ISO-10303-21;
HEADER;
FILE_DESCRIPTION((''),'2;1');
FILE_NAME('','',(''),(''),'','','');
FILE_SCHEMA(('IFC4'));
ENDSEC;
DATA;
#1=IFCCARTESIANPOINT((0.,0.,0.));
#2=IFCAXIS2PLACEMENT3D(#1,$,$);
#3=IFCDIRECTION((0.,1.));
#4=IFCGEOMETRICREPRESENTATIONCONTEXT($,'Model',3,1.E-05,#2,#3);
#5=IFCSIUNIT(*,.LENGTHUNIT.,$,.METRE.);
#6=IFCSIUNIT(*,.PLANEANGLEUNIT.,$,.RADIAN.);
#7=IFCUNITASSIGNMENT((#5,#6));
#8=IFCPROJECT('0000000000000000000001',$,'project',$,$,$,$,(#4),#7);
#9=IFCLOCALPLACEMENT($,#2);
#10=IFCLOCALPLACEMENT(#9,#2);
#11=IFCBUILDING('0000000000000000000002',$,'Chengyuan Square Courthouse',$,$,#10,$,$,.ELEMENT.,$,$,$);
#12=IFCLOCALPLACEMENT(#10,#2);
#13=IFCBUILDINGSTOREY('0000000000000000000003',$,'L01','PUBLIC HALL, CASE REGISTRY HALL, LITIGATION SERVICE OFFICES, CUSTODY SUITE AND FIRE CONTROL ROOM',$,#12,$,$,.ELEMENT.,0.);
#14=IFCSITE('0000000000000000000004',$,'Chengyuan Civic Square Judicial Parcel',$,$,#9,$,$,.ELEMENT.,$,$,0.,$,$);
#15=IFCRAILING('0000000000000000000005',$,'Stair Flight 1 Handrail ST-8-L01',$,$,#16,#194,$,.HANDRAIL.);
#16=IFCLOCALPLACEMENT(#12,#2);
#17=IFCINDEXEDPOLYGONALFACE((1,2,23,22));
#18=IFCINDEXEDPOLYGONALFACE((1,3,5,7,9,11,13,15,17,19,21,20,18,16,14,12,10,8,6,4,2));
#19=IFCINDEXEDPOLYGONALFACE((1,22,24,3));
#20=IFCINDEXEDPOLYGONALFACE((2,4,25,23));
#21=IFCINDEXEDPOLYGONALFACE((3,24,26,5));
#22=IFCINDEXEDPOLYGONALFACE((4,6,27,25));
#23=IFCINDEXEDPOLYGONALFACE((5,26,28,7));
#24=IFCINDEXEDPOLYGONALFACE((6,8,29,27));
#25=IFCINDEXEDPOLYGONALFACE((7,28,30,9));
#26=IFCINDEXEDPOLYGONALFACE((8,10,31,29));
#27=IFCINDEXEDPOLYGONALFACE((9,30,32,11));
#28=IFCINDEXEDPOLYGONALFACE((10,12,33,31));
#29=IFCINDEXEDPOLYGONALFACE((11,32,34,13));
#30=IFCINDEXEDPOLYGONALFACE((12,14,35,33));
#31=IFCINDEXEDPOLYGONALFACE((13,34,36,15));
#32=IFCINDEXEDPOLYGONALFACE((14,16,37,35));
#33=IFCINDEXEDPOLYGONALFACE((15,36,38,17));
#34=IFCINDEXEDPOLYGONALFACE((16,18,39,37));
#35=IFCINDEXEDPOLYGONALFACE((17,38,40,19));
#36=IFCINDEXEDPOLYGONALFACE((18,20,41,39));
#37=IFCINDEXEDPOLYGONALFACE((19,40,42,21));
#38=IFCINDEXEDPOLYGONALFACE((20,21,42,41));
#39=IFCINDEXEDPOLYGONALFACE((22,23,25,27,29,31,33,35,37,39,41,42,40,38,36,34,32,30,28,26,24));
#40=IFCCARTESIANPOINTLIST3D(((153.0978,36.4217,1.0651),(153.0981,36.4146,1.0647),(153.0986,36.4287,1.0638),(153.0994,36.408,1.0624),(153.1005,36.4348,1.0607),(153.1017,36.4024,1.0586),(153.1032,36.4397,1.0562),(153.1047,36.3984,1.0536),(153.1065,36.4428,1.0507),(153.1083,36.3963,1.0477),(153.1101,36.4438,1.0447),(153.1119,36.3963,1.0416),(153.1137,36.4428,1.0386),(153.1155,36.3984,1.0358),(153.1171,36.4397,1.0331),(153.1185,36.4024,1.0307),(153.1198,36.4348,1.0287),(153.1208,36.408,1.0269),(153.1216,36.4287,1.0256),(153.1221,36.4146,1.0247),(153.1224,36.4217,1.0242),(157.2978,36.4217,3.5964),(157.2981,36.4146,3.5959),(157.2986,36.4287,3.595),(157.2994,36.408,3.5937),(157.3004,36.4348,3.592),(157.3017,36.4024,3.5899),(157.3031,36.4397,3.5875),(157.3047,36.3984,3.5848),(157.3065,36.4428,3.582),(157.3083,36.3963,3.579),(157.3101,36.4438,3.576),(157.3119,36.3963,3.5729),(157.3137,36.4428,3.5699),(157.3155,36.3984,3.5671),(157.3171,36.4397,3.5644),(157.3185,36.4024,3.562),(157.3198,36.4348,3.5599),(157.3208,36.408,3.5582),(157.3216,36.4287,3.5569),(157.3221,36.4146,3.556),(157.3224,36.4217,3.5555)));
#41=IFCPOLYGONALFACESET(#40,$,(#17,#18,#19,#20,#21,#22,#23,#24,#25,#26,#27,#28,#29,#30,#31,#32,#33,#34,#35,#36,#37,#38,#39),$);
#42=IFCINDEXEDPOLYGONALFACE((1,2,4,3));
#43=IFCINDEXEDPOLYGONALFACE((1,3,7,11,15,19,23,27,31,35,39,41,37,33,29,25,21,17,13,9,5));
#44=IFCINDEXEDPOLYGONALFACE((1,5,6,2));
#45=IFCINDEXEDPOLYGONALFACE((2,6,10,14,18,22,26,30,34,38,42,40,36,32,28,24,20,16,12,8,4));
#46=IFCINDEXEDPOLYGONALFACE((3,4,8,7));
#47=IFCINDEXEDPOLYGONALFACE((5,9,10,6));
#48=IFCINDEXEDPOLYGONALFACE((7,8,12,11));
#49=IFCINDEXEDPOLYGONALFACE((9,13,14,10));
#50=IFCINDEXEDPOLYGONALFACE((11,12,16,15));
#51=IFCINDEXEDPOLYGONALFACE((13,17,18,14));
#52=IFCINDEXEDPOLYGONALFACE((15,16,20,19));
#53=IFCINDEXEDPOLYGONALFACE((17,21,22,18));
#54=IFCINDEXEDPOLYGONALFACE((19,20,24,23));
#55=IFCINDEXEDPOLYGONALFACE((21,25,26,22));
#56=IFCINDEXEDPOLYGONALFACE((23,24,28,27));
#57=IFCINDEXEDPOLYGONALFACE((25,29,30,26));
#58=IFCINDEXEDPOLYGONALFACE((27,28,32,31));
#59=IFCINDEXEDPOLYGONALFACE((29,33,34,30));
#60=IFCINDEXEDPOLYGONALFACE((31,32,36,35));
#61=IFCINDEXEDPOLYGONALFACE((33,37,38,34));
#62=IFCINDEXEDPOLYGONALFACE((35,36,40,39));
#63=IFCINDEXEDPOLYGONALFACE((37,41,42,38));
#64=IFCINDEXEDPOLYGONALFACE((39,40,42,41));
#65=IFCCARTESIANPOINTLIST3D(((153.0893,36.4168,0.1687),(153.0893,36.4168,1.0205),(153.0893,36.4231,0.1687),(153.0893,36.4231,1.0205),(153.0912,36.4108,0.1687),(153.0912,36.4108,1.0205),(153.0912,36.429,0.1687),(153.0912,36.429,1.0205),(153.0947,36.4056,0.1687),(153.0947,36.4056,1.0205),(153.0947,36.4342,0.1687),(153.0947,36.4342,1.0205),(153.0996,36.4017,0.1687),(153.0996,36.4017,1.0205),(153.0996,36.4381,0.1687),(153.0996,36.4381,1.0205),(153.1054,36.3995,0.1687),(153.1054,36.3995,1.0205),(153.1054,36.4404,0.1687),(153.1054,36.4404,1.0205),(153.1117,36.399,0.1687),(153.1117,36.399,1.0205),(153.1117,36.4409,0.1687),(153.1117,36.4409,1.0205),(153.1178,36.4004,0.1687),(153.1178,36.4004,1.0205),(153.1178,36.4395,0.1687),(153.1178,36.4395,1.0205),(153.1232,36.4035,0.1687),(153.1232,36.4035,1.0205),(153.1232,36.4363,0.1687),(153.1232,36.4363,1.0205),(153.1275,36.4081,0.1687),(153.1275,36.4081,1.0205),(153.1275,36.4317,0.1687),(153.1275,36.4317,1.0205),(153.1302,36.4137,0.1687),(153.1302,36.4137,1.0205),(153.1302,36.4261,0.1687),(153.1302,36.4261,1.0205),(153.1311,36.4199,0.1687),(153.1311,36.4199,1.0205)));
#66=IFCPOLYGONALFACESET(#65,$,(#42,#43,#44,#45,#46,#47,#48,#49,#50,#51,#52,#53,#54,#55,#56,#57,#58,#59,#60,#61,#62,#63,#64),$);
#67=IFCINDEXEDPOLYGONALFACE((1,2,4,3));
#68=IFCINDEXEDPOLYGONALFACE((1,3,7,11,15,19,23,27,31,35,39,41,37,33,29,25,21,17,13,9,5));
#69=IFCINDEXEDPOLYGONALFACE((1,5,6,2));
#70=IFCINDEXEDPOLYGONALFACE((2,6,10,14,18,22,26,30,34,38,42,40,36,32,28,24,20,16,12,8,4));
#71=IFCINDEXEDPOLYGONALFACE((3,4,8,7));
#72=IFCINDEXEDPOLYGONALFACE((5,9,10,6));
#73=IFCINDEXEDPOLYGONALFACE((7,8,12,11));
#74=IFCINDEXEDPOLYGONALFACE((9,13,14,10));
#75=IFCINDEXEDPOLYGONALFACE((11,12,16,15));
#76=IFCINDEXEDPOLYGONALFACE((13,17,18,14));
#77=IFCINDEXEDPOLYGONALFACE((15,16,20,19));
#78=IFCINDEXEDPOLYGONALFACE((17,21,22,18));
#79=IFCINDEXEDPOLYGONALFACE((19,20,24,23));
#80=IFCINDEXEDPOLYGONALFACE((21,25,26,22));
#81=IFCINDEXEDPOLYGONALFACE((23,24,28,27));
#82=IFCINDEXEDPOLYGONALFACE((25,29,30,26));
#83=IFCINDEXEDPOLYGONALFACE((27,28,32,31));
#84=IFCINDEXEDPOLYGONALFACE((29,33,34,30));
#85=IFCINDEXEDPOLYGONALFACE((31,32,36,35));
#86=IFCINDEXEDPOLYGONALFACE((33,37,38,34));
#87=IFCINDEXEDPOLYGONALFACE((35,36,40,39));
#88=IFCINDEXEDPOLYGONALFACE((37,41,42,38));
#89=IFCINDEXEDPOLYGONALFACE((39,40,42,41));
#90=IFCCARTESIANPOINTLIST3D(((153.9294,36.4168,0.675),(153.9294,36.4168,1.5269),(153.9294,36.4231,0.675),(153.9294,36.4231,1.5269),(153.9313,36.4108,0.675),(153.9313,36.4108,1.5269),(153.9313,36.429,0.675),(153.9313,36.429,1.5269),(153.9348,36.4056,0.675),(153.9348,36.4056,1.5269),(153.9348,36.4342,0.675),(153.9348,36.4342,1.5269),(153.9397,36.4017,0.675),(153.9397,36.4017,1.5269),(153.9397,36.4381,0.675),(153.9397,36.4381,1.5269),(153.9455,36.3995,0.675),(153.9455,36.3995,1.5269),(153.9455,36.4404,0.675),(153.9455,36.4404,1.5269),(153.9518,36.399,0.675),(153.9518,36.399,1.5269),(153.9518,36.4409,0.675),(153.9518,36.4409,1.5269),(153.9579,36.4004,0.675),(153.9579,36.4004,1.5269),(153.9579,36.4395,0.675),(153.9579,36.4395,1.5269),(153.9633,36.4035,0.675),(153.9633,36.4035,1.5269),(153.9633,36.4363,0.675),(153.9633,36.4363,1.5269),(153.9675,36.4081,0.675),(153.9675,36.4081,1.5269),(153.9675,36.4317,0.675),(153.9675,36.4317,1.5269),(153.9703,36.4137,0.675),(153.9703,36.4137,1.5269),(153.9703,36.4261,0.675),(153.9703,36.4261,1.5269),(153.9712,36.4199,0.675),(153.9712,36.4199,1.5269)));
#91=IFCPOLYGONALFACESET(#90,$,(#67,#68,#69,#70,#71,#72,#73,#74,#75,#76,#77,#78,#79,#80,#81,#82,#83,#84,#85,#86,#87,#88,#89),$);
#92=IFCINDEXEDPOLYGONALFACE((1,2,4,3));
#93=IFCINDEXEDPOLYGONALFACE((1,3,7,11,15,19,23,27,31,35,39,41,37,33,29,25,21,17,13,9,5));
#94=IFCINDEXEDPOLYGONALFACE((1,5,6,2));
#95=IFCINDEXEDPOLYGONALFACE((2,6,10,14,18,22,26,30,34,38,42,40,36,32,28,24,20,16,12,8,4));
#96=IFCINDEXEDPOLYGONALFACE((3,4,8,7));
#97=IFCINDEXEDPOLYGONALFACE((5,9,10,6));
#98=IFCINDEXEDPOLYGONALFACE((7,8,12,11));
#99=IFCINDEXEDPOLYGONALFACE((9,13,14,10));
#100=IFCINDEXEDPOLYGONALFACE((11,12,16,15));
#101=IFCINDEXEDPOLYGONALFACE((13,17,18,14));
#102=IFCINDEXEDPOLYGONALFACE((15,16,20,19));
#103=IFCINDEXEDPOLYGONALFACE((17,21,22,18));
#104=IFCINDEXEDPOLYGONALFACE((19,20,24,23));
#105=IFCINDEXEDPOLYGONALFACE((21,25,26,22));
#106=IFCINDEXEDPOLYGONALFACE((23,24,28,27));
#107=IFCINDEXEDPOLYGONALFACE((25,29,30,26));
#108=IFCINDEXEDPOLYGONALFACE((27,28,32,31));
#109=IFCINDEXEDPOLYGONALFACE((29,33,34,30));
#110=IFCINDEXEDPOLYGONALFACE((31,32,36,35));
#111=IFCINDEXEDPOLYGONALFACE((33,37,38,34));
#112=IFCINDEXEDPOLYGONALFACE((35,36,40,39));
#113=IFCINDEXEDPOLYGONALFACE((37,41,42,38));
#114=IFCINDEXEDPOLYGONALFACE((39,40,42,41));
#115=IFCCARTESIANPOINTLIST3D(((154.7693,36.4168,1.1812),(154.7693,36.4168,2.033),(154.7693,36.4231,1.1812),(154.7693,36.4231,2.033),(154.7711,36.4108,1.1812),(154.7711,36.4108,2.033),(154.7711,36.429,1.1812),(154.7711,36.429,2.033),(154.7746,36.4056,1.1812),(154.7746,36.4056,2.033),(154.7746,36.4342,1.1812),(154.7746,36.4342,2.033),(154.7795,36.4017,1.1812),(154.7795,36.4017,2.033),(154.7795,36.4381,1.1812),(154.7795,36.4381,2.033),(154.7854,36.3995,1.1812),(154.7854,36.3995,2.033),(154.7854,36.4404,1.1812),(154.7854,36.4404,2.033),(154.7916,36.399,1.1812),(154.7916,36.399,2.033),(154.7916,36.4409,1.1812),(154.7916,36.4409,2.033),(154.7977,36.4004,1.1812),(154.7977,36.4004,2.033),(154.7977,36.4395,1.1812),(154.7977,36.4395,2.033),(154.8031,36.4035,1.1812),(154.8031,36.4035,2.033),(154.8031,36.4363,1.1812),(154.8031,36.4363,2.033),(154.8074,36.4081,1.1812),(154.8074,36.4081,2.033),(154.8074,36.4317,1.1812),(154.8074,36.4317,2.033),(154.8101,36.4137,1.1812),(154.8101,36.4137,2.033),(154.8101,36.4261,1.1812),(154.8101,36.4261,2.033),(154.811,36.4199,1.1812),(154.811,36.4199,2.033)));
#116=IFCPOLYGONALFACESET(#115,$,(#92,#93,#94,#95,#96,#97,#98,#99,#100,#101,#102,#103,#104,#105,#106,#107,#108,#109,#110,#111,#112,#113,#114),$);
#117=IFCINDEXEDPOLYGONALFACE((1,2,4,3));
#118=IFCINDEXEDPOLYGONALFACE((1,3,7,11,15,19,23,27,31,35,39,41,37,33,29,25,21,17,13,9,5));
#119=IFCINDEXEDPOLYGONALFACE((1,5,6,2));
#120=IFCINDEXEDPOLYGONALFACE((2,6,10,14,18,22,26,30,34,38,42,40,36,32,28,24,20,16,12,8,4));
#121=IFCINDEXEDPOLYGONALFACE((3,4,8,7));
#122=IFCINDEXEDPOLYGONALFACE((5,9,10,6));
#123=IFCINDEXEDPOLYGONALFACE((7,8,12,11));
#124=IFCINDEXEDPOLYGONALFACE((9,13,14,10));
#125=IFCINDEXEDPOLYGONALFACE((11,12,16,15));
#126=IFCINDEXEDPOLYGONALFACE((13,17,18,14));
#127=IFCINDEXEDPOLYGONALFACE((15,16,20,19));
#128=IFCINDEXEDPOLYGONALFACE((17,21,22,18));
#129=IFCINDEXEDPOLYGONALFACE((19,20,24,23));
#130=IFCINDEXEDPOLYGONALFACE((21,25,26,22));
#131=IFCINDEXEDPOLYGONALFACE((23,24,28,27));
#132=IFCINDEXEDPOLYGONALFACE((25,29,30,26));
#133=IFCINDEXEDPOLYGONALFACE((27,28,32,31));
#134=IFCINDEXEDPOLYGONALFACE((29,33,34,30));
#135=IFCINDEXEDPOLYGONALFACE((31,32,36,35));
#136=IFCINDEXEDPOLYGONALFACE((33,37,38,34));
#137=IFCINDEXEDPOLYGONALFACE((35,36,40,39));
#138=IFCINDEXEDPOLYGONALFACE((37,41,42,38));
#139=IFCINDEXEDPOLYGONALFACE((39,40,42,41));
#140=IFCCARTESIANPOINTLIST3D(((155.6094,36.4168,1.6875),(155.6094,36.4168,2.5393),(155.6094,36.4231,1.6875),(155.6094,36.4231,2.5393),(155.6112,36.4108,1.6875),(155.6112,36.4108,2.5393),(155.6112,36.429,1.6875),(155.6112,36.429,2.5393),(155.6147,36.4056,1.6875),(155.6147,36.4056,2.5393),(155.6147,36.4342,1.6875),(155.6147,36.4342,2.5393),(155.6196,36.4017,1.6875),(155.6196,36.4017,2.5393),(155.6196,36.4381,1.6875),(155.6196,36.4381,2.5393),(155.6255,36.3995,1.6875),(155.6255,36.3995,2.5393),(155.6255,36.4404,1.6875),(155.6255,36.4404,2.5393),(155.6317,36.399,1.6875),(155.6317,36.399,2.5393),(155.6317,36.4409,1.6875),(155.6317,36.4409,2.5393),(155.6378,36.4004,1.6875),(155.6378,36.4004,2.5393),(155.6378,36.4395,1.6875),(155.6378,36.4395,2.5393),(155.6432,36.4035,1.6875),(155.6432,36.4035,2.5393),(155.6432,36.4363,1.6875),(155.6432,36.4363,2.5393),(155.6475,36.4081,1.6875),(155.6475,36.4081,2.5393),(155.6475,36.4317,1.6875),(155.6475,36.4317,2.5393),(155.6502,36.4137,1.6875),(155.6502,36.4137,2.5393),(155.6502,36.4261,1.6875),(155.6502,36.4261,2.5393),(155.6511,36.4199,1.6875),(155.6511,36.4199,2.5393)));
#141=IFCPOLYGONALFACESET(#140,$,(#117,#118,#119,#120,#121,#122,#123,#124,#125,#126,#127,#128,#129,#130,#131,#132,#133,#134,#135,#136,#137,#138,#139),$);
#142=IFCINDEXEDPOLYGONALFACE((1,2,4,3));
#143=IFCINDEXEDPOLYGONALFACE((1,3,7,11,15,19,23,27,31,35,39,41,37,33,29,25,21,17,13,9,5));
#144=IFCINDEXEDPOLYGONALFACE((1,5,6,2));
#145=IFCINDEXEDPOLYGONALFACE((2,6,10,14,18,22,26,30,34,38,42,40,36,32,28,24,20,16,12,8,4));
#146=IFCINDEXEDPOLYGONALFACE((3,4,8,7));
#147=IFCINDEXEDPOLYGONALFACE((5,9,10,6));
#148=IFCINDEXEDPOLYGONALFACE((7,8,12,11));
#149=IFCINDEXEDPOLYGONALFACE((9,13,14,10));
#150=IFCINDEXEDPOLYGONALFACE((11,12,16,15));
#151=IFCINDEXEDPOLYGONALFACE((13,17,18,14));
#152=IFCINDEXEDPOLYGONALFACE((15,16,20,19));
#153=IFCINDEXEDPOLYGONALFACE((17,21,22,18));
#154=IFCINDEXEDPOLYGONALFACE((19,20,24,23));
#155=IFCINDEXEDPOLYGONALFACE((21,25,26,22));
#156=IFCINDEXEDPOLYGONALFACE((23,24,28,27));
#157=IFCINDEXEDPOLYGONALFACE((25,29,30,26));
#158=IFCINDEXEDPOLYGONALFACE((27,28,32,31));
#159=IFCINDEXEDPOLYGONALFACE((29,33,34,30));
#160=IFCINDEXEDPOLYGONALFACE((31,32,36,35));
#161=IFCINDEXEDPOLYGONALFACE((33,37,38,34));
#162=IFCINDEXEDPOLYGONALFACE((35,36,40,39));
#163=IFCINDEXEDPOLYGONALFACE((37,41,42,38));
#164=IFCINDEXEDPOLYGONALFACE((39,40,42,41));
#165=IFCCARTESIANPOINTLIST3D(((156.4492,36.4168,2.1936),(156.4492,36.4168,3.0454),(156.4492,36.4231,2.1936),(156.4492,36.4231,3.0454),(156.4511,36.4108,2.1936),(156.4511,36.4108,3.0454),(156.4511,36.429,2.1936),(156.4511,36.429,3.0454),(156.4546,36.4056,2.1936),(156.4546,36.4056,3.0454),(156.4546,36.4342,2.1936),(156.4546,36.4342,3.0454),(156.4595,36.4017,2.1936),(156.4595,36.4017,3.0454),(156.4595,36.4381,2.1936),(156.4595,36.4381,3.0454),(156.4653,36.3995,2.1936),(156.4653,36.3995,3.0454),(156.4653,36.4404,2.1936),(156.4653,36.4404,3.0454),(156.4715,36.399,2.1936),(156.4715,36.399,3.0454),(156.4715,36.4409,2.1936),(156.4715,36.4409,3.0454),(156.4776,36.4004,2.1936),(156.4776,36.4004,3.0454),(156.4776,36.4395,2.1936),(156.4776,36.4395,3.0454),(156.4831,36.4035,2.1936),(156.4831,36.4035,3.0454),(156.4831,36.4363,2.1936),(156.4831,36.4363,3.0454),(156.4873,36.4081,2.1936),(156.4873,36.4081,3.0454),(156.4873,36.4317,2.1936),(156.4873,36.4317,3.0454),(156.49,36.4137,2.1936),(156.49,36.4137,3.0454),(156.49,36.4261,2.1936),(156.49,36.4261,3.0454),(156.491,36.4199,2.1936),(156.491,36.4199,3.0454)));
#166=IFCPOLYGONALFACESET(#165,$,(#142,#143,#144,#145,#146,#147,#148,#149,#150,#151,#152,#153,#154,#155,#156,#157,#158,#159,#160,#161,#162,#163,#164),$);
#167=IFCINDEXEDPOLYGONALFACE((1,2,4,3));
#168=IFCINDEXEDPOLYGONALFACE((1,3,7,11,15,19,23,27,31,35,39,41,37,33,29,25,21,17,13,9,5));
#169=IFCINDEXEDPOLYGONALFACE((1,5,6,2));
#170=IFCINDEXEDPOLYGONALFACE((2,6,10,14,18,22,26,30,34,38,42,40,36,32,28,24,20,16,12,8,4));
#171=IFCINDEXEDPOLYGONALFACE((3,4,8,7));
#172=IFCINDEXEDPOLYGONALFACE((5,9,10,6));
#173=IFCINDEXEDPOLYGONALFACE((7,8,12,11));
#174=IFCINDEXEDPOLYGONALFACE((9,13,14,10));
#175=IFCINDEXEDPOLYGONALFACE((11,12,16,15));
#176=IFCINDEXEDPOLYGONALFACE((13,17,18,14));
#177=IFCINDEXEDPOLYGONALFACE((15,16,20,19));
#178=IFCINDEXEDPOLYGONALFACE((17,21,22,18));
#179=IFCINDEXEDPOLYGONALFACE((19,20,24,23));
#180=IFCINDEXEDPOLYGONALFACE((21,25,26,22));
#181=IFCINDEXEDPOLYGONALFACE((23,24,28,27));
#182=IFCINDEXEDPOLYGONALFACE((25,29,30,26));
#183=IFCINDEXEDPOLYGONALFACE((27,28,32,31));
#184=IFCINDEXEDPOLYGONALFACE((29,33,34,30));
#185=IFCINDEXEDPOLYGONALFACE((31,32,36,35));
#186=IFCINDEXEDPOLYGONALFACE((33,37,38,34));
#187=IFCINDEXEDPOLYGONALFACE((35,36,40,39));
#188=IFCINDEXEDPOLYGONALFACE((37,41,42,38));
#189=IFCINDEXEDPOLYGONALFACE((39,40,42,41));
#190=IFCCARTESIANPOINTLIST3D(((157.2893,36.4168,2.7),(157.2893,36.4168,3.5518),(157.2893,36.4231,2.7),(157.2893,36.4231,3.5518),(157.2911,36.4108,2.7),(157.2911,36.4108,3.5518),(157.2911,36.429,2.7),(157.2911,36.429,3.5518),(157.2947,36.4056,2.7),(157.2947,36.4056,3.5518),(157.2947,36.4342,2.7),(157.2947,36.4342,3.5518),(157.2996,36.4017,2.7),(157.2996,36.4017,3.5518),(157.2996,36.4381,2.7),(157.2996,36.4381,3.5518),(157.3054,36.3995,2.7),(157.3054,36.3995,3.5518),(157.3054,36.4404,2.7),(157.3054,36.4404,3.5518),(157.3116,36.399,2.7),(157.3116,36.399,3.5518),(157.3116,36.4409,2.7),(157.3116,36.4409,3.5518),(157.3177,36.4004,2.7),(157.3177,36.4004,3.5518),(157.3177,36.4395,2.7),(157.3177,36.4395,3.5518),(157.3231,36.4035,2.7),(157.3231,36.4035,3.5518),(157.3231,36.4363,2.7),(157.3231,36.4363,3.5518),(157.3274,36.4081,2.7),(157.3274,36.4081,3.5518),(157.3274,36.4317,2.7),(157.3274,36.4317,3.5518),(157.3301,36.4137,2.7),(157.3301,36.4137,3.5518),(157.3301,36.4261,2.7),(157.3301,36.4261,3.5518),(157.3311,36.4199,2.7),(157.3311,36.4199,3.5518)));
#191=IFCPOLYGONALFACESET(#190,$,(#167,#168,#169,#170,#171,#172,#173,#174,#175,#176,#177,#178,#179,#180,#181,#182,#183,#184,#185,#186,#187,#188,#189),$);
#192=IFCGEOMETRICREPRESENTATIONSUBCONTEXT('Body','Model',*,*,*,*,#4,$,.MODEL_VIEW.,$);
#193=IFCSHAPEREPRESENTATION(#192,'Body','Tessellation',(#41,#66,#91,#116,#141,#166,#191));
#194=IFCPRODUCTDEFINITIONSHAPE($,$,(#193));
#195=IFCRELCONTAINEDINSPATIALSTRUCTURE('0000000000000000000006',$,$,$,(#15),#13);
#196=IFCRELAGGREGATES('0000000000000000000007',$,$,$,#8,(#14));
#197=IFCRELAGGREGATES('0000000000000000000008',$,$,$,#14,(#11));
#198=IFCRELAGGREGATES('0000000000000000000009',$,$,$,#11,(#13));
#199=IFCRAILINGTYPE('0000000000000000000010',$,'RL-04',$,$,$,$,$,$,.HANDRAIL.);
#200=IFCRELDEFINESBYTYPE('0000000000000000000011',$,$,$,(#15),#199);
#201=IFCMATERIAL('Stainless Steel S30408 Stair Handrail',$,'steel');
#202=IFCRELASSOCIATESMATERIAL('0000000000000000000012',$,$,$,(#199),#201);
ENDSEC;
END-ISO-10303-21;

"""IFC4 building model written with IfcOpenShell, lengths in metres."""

from ifc_helpers import new_model, si_unit, direction, frame, origin, origin_2d, place, context, subcontext, project, spatial, circle, extrude, material, type_object, element, save


model = new_model("IFC4")

# Units and contexts
model_context = context("Model", 3, precision=1e-05, world=origin(), true_north=direction((0.0, 1.0)))
body_context = subcontext(model_context, "Body", "Model", "MODEL_VIEW")
ifc_project = project(units=[si_unit("LENGTHUNIT", "METRE"), si_unit("PLANEANGLEUNIT", "RADIAN")], contexts=[model_context])

# Site, building, storey
site_placement = place(None, origin())
site = spatial("IfcSite", under=ifc_project, at=site_placement, Name="Chengyuan Civic Square Judicial Parcel", CompositionType="ELEMENT", RefElevation=0.0)
building_placement = place(site_placement, origin())
building = spatial("IfcBuilding", under=site, at=building_placement, Name="Chengyuan Square Courthouse", CompositionType="ELEMENT")
storey_placement = place(building_placement, origin())
storey = spatial("IfcBuildingStorey", under=building, at=storey_placement, Name="L01", Description="PUBLIC HALL, CASE REGISTRY HALL, LITIGATION SERVICE OFFICES, CUSTODY SUITE AND FIRE CONTROL ROOM", CompositionType="ELEMENT", Elevation=0.0)

# Railing
ifc_material_1 = material(Name="Stainless Steel S30408 Stair Handrail", Category="steel")
railing_type_1 = type_object("IfcRailingType", Name="RL-04", PredefinedType="HANDRAIL", material=ifc_material_1)
railing_1_placement = place(storey_placement, frame((153.1101, 36.4199, 0.1687)))
element("IfcRailing", 1, at=railing_1_placement, inside=storey, type_object=railing_type_1, Name="Stair Flight 1 Handrail ST-8-L01", PredefinedType="HANDRAIL", context=body_context, shape_type="SweptSolid", body=[
    extrude(circle(Radius=0.0239, at=origin_2d()), frame((0.0, 0.0, 0.876), z_axis=(0.856476, 0.0, 0.516186), x_axis=(0.0, 1.0, 0.0)), (0.0, 0.0, 1.0), 4.9038),
    extrude(circle(Radius=0.021, at=origin_2d()), origin(), (0.0, 0.0, 1.0), 0.8518),
    extrude(circle(Radius=0.021, at=origin_2d()), frame((0.8401, 0.0, 0.5063)), (0.0, 0.0, 1.0), 0.8518),
    extrude(circle(Radius=0.021, at=origin_2d()), frame((1.6799, 0.0, 1.0125)), (0.0, 0.0, 1.0), 0.8518),
    extrude(circle(Radius=0.021, at=origin_2d()), frame((2.52, 0.0, 1.5188)), (0.0, 0.0, 1.0), 0.8518),
    extrude(circle(Radius=0.021, at=origin_2d()), frame((3.3599, 0.0, 2.0249)), (0.0, 0.0, 1.0), 0.8518),
    extrude(circle(Radius=0.021, at=origin_2d()), frame((4.2, 0.0, 2.5312)), (0.0, 0.0, 1.0), 0.8518),
])

save(model, "model.ifc")
